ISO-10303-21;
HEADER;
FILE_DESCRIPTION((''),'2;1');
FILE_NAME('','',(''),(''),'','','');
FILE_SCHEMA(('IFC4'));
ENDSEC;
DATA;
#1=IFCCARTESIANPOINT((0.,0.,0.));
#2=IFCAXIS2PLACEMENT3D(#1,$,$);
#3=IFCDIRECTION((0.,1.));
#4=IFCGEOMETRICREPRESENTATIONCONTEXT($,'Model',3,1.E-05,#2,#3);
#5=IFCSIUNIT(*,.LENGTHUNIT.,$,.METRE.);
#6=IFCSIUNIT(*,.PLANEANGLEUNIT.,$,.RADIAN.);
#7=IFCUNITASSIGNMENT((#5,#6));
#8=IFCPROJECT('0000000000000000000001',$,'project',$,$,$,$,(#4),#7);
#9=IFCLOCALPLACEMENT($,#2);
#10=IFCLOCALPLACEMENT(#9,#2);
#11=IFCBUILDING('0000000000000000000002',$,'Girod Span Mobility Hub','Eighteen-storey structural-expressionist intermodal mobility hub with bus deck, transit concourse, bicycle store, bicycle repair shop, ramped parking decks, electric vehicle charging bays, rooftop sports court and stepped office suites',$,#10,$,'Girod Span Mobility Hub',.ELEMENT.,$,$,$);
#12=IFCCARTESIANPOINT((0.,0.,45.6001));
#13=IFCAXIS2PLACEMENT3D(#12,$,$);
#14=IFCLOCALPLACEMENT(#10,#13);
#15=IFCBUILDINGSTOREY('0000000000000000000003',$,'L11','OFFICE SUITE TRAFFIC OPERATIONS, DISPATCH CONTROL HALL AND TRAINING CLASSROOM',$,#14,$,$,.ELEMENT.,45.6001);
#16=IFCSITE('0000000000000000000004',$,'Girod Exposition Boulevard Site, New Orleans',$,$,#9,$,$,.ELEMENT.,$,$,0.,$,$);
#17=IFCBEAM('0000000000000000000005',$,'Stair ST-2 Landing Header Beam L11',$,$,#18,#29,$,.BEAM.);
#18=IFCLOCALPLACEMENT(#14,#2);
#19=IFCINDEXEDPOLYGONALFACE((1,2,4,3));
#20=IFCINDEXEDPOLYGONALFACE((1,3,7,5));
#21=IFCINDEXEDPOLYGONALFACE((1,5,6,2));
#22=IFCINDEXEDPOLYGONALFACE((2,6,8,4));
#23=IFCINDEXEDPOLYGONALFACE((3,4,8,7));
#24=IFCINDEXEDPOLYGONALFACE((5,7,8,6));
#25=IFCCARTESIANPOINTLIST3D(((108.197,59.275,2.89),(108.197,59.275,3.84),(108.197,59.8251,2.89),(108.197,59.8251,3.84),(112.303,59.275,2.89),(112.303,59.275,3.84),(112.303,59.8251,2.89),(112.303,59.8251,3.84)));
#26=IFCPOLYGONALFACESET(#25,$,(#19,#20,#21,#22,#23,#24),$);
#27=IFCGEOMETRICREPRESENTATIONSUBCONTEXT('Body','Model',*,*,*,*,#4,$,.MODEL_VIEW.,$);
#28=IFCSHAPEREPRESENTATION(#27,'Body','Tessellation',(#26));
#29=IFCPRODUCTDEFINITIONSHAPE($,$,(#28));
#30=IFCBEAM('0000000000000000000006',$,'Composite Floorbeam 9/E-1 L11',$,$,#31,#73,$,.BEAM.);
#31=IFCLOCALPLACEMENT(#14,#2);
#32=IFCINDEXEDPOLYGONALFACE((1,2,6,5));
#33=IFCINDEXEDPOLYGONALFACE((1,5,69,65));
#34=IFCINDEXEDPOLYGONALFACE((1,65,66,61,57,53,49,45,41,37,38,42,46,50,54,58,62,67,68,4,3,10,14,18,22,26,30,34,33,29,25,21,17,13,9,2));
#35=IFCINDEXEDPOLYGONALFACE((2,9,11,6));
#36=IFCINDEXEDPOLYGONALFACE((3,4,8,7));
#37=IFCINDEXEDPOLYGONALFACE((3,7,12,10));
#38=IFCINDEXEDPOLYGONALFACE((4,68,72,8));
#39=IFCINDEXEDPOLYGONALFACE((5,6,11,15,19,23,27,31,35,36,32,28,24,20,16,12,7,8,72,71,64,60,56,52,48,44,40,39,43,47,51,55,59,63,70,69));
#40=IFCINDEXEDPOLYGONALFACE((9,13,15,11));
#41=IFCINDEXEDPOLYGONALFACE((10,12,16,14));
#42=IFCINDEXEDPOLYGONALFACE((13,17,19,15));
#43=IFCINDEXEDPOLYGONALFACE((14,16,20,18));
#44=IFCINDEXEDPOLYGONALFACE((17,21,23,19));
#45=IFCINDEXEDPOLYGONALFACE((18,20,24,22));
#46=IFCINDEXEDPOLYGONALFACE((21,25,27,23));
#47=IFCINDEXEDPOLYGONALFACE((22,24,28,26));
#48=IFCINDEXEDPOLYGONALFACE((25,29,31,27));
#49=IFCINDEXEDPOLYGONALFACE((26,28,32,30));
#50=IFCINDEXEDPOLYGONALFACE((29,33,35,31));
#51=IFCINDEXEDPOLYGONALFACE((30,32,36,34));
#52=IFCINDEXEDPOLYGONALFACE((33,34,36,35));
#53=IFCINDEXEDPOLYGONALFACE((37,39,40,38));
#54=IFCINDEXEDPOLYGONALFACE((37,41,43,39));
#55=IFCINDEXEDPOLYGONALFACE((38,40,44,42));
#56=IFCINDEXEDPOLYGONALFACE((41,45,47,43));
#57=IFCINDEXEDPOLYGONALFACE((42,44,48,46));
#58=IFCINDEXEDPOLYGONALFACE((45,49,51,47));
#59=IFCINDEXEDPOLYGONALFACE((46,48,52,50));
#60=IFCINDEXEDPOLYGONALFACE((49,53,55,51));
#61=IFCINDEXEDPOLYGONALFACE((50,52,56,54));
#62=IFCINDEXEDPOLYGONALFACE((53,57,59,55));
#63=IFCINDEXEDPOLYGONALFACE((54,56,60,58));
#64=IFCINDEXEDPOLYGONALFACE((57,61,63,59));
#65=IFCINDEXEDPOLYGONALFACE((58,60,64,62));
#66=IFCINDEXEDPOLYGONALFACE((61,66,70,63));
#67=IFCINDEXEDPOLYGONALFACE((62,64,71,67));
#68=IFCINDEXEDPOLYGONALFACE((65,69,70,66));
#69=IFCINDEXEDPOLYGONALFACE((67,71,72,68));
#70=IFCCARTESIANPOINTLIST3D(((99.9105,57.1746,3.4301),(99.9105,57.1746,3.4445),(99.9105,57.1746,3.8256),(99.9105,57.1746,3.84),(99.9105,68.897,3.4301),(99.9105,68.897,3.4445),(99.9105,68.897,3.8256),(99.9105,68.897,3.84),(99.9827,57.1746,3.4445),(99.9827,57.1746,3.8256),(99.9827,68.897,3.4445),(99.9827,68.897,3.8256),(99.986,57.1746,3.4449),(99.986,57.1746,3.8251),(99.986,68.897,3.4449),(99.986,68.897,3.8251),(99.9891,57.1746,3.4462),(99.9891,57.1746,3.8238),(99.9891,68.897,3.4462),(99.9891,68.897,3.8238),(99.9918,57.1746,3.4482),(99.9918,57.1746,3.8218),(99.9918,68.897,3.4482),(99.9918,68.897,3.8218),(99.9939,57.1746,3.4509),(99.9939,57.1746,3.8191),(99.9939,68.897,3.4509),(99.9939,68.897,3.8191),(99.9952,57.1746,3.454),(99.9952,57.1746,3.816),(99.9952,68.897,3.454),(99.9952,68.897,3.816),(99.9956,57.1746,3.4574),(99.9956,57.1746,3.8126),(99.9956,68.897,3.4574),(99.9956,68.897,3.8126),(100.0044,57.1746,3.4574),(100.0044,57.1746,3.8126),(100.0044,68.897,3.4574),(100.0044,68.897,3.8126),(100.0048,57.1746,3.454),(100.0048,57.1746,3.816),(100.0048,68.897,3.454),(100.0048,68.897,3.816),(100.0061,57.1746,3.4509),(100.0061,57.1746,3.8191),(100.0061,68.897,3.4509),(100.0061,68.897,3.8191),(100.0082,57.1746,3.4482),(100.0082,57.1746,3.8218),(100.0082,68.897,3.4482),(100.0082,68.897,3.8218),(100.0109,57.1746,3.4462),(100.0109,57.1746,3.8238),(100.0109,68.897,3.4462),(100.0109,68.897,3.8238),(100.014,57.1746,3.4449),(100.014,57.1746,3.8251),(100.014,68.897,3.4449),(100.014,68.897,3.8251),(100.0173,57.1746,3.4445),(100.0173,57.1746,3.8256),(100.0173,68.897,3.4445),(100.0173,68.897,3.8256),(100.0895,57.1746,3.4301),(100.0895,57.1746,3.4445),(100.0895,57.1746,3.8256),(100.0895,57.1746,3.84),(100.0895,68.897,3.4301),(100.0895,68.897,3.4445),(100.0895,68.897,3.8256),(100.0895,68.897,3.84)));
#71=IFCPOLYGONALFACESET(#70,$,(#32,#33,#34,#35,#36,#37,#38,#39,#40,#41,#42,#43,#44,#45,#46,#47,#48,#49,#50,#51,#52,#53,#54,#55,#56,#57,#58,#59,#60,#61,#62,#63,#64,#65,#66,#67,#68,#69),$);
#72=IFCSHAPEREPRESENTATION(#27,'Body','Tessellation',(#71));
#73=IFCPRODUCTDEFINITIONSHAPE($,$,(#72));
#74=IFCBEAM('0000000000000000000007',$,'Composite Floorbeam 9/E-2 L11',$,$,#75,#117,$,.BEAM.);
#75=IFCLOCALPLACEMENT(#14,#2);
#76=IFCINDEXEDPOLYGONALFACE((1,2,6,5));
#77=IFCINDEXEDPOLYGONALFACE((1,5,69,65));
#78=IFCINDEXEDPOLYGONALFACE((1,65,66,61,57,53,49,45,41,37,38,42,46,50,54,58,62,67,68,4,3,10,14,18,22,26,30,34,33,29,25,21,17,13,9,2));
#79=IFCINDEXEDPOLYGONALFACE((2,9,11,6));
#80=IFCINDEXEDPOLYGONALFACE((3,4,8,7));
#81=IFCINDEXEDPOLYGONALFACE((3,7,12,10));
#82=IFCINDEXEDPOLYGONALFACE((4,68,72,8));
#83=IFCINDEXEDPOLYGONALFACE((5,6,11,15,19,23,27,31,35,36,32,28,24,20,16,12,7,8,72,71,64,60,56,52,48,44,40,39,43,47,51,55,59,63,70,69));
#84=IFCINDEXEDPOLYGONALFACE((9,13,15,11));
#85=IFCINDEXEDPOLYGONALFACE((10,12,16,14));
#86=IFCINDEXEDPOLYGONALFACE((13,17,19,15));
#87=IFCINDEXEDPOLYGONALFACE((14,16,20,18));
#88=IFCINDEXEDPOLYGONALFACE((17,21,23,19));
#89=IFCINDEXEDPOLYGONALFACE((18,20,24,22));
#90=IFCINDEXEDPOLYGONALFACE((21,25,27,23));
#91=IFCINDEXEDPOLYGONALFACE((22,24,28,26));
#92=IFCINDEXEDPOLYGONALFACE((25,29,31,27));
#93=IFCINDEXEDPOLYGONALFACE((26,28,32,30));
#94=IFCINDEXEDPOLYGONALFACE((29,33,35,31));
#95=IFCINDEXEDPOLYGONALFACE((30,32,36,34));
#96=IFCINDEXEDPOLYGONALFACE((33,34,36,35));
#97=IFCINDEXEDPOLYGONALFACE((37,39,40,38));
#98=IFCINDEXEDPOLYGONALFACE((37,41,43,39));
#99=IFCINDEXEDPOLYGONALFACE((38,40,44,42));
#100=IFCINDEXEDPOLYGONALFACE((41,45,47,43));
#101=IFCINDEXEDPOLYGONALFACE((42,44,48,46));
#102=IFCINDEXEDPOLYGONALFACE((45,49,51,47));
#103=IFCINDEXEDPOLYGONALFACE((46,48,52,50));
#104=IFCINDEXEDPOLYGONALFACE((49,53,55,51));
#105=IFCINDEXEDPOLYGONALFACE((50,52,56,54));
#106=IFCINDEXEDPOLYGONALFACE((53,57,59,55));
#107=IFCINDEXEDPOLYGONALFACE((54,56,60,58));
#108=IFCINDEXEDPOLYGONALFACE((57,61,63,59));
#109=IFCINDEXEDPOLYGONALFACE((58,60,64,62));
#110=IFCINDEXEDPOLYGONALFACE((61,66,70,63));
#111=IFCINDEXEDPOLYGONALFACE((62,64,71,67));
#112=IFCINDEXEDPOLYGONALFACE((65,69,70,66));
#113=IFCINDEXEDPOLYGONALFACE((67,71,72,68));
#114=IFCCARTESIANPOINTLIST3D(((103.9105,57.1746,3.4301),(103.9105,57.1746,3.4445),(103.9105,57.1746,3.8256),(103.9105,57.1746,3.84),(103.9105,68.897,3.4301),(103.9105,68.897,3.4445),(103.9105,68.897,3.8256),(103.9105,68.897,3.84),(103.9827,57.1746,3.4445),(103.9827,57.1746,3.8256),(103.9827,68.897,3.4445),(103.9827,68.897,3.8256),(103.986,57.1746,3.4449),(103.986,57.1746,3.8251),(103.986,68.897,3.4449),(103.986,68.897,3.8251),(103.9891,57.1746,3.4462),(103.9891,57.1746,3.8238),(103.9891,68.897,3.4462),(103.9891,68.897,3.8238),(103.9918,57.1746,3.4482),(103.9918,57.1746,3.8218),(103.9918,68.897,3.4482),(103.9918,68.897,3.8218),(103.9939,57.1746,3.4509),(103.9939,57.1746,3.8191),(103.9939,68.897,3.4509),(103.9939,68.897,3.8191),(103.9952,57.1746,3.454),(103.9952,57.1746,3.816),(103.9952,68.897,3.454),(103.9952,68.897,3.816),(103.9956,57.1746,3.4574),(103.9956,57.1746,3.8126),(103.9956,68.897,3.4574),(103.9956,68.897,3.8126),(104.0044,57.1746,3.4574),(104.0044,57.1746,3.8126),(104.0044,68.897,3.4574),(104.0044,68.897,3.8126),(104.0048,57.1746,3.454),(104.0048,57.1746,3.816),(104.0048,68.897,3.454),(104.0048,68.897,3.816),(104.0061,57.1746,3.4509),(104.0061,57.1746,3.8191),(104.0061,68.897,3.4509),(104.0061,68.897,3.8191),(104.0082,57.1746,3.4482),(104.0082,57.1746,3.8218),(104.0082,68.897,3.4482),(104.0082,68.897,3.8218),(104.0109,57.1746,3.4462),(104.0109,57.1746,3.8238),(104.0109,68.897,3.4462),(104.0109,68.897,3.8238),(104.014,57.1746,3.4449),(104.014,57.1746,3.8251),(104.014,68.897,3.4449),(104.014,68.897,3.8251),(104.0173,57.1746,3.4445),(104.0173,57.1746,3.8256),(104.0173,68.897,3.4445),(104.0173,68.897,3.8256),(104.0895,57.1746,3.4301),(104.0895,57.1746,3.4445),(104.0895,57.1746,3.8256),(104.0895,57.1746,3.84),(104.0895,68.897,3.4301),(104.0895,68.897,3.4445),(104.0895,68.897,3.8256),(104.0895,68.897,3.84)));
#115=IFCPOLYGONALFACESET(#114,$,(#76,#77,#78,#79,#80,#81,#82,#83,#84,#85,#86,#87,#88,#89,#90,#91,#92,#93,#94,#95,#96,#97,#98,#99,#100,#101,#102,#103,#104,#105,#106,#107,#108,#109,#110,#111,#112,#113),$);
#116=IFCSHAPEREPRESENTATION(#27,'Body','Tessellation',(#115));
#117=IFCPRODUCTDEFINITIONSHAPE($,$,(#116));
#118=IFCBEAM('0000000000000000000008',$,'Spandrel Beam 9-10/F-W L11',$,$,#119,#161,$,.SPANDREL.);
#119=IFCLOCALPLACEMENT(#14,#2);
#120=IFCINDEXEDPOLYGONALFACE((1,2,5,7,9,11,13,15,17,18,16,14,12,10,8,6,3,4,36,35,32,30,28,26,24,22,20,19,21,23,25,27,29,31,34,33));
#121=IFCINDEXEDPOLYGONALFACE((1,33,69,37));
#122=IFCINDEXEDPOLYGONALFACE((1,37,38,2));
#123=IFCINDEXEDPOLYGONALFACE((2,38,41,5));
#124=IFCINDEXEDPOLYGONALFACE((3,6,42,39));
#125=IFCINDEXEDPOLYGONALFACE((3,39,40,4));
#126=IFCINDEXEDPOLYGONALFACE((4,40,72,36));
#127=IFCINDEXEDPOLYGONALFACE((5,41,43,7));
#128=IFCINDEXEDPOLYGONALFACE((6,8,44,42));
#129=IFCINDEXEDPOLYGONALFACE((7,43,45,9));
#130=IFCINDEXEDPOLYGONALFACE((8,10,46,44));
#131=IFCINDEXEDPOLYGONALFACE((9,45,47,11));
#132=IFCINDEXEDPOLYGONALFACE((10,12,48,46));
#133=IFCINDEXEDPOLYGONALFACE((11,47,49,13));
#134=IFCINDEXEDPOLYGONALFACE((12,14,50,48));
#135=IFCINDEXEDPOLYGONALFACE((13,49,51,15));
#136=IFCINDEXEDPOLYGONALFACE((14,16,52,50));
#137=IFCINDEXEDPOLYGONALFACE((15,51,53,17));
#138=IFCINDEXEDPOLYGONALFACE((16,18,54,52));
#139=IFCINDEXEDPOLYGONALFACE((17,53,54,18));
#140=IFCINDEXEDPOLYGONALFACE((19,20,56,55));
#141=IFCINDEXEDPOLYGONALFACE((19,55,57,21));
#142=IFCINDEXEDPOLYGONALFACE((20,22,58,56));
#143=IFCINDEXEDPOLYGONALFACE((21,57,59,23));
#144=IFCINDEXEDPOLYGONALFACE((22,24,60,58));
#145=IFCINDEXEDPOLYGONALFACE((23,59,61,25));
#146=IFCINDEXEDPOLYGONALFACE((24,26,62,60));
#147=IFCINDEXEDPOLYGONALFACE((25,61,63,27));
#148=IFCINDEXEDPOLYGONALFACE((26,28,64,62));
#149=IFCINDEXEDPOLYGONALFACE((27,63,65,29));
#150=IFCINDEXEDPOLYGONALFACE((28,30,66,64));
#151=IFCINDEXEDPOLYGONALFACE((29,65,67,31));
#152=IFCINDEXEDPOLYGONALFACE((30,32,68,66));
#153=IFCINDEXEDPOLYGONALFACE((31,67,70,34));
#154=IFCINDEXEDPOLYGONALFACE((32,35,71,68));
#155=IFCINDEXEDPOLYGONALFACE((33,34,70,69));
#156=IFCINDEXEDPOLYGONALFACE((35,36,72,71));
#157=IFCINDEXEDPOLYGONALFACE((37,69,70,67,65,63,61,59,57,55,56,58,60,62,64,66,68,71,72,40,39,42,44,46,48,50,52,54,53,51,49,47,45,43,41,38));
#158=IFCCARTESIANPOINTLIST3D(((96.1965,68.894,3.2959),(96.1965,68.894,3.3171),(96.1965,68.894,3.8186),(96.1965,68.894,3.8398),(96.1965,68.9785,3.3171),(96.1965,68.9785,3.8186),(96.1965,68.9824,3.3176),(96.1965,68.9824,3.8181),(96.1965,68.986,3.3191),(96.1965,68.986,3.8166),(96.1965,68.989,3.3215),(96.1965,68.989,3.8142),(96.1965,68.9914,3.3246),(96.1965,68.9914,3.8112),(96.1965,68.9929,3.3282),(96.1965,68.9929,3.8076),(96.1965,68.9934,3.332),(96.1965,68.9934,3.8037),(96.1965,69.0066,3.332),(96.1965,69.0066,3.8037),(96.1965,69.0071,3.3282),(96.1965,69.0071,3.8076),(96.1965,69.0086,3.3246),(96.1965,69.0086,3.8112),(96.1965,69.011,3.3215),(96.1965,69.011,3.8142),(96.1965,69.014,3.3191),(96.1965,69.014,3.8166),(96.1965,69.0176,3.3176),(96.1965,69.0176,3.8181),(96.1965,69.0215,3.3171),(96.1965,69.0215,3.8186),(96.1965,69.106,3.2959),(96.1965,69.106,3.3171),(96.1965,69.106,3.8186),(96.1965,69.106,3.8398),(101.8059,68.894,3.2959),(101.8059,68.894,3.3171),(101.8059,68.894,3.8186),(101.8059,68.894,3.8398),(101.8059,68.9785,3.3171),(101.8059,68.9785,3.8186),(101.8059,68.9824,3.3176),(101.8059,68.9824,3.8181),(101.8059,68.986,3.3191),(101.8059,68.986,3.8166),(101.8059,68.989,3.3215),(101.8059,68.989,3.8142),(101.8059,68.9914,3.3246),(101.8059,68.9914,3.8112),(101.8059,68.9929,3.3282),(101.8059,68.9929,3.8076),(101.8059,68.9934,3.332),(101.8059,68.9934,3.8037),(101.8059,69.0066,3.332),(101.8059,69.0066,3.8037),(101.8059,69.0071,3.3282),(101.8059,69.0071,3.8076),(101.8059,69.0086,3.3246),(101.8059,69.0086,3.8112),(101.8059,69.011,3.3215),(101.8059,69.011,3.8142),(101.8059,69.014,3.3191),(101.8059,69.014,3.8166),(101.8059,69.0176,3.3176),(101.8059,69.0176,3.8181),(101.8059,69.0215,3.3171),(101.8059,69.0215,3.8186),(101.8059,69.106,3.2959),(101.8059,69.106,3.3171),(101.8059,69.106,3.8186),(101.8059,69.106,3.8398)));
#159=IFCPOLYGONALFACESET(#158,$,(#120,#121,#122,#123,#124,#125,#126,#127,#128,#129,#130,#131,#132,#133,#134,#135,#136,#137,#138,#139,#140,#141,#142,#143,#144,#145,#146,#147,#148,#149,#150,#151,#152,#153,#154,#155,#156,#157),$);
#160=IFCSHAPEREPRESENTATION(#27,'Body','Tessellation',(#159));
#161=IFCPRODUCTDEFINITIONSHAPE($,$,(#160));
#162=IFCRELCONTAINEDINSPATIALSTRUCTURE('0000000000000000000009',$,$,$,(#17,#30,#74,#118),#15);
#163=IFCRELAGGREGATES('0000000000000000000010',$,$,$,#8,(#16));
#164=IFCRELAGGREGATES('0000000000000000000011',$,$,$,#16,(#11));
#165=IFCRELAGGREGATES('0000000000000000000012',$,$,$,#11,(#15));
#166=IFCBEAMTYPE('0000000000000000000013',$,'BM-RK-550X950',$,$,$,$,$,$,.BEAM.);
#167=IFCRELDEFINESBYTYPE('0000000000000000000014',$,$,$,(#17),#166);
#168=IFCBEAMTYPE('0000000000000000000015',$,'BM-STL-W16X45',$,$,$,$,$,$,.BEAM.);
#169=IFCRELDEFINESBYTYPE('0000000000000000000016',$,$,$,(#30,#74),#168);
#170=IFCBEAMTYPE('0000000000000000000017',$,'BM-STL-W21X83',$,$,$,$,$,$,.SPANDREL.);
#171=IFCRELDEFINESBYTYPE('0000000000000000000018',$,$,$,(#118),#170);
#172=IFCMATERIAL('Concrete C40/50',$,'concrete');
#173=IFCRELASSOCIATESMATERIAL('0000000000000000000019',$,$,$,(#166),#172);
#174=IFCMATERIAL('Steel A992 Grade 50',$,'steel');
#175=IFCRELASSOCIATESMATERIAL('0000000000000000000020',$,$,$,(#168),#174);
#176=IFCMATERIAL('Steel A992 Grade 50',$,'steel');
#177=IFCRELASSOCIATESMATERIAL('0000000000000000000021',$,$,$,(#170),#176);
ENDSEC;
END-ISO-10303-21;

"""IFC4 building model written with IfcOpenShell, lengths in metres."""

from ifc_helpers import new_model, si_unit, direction, frame, origin, origin_2d, place, context, subcontext, project, spatial, rectangle, i_section, extrude, material, material_profile, profile_set, type_object, element, save


model = new_model("IFC4")

# Units and contexts
model_context = context("Model", 3, precision=1e-05, world=origin(), true_north=direction((0.0, 1.0)))
body_context = subcontext(model_context, "Body", "Model", "MODEL_VIEW")
ifc_project = project(units=[si_unit("LENGTHUNIT", "METRE"), si_unit("PLANEANGLEUNIT", "RADIAN")], contexts=[model_context])

# Site, building, storey
site_placement = place(None, origin())
site = spatial("IfcSite", under=ifc_project, at=site_placement, Name="Girod Exposition Boulevard Site, New Orleans", CompositionType="ELEMENT", RefElevation=0.0)
building_placement = place(site_placement, origin())
building = spatial("IfcBuilding", under=site, at=building_placement, Name="Girod Span Mobility Hub", Description="Eighteen-storey structural-expressionist intermodal mobility hub with bus deck, transit concourse, bicycle store, bicycle repair shop, ramped parking decks, electric vehicle charging bays, rooftop sports court and stepped office suites", LongName="Girod Span Mobility Hub", CompositionType="ELEMENT")
storey_placement = place(building_placement, frame((0.0, 0.0, 45.6001)))
storey = spatial("IfcBuildingStorey", under=building, at=storey_placement, Name="L11", Description="OFFICE SUITE TRAFFIC OPERATIONS, DISPATCH CONTROL HALL AND TRAINING CLASSROOM", CompositionType="ELEMENT", Elevation=45.6001)

# Beams
ifc_material_1 = material(Name="Concrete C40/50", Category="concrete")
ifc_material_profile_1 = material_profile(ifc_material_1, rectangle(XDim=0.55, YDim=0.95, at=origin_2d()), Name="RK-550X950")
ifc_profile_set_1 = profile_set([ifc_material_profile_1], Name="Concrete C40/50")
beam_type_1 = type_object("IfcBeamType", Name="BM-RK-550X950", PredefinedType="BEAM", material=ifc_profile_set_1)
beam_1_placement = place(storey_placement, frame((108.197, 59.55, 3.365), z_axis=(1.0, 0.0, 0.0), x_axis=(0.0, 1.0, 0.0)))
element("IfcBeam", 1, at=beam_1_placement, inside=storey, type_object=beam_type_1, Name="Stair ST-2 Landing Header Beam L11", PredefinedType="BEAM", context=body_context, shape_type="SweptSolid", body=[
    extrude(rectangle(XDim=0.55, YDim=0.95, at=origin_2d()), origin(), (0.0, 0.0, 1.0), 4.106),
])
ifc_material_2 = material(Name="Steel A992 Grade 50", Category="steel")
ifc_material_profile_2 = material_profile(ifc_material_2, i_section(OverallWidth=0.179, OverallDepth=0.4099, WebThickness=0.0088, FlangeThickness=0.0144, FilletRadius=0.0129, at=origin_2d()), Name="W16X45")
ifc_profile_set_2 = profile_set([ifc_material_profile_2], Name="Steel A992 Grade 50")
beam_type_2 = type_object("IfcBeamType", Name="BM-STL-W16X45", PredefinedType="BEAM", material=ifc_profile_set_2)
for number, where, z_axis, x_axis, name in (
    (2, (100.0, 57.1746, 3.635), (0.0, 1.0, 0.0), (-1.0, 0.0, 0.0), "Composite Floorbeam 9/E-1 L11"),
    (3, (104.0, 57.1746, 3.635), (0.0, 1.0, 0.0), (-1.0, 0.0, 0.0), "Composite Floorbeam 9/E-2 L11"),
):
    element("IfcBeam", number, at=place(storey_placement, frame(where, z_axis=z_axis, x_axis=x_axis)), inside=storey, type_object=beam_type_2, Name=name, PredefinedType="BEAM", context=body_context, shape_type="SweptSolid", body=[
        extrude(i_section(OverallWidth=0.179, OverallDepth=0.4099, WebThickness=0.0088, FlangeThickness=0.0144, FilletRadius=0.0129, at=origin_2d()), origin(), (0.0, 0.0, 1.0), 11.7224),
    ])
ifc_material_3 = material(Name="Steel A992 Grade 50", Category="steel")
ifc_material_profile_3 = material_profile(ifc_material_3, i_section(OverallWidth=0.2119, OverallDepth=0.5439, WebThickness=0.0132, FlangeThickness=0.0212, FilletRadius=0.0149, at=origin_2d()), Name="W21X83")
ifc_profile_set_3 = profile_set([ifc_material_profile_3], Name="Steel A992 Grade 50")
beam_type_3 = type_object("IfcBeamType", Name="BM-STL-W21X83", PredefinedType="SPANDREL", material=ifc_profile_set_3)
for number, where, z_axis, x_axis, name in (
    (4, (96.1965, 69.0, 3.5679), (1.0, 0.0, 0.0), (0.0, 1.0, 0.0), "Spandrel Beam 9-10/F-W L11"),
):
    element("IfcBeam", number, at=place(storey_placement, frame(where, z_axis=z_axis, x_axis=x_axis)), inside=storey, type_object=beam_type_3, Name=name, PredefinedType="SPANDREL", context=body_context, shape_type="SweptSolid", body=[
        extrude(i_section(OverallWidth=0.2119, OverallDepth=0.5439, WebThickness=0.0132, FlangeThickness=0.0212, FilletRadius=0.0149, at=origin_2d()), origin(), (0.0, 0.0, 1.0), 5.6094),
    ])

save(model, "model.ifc")
